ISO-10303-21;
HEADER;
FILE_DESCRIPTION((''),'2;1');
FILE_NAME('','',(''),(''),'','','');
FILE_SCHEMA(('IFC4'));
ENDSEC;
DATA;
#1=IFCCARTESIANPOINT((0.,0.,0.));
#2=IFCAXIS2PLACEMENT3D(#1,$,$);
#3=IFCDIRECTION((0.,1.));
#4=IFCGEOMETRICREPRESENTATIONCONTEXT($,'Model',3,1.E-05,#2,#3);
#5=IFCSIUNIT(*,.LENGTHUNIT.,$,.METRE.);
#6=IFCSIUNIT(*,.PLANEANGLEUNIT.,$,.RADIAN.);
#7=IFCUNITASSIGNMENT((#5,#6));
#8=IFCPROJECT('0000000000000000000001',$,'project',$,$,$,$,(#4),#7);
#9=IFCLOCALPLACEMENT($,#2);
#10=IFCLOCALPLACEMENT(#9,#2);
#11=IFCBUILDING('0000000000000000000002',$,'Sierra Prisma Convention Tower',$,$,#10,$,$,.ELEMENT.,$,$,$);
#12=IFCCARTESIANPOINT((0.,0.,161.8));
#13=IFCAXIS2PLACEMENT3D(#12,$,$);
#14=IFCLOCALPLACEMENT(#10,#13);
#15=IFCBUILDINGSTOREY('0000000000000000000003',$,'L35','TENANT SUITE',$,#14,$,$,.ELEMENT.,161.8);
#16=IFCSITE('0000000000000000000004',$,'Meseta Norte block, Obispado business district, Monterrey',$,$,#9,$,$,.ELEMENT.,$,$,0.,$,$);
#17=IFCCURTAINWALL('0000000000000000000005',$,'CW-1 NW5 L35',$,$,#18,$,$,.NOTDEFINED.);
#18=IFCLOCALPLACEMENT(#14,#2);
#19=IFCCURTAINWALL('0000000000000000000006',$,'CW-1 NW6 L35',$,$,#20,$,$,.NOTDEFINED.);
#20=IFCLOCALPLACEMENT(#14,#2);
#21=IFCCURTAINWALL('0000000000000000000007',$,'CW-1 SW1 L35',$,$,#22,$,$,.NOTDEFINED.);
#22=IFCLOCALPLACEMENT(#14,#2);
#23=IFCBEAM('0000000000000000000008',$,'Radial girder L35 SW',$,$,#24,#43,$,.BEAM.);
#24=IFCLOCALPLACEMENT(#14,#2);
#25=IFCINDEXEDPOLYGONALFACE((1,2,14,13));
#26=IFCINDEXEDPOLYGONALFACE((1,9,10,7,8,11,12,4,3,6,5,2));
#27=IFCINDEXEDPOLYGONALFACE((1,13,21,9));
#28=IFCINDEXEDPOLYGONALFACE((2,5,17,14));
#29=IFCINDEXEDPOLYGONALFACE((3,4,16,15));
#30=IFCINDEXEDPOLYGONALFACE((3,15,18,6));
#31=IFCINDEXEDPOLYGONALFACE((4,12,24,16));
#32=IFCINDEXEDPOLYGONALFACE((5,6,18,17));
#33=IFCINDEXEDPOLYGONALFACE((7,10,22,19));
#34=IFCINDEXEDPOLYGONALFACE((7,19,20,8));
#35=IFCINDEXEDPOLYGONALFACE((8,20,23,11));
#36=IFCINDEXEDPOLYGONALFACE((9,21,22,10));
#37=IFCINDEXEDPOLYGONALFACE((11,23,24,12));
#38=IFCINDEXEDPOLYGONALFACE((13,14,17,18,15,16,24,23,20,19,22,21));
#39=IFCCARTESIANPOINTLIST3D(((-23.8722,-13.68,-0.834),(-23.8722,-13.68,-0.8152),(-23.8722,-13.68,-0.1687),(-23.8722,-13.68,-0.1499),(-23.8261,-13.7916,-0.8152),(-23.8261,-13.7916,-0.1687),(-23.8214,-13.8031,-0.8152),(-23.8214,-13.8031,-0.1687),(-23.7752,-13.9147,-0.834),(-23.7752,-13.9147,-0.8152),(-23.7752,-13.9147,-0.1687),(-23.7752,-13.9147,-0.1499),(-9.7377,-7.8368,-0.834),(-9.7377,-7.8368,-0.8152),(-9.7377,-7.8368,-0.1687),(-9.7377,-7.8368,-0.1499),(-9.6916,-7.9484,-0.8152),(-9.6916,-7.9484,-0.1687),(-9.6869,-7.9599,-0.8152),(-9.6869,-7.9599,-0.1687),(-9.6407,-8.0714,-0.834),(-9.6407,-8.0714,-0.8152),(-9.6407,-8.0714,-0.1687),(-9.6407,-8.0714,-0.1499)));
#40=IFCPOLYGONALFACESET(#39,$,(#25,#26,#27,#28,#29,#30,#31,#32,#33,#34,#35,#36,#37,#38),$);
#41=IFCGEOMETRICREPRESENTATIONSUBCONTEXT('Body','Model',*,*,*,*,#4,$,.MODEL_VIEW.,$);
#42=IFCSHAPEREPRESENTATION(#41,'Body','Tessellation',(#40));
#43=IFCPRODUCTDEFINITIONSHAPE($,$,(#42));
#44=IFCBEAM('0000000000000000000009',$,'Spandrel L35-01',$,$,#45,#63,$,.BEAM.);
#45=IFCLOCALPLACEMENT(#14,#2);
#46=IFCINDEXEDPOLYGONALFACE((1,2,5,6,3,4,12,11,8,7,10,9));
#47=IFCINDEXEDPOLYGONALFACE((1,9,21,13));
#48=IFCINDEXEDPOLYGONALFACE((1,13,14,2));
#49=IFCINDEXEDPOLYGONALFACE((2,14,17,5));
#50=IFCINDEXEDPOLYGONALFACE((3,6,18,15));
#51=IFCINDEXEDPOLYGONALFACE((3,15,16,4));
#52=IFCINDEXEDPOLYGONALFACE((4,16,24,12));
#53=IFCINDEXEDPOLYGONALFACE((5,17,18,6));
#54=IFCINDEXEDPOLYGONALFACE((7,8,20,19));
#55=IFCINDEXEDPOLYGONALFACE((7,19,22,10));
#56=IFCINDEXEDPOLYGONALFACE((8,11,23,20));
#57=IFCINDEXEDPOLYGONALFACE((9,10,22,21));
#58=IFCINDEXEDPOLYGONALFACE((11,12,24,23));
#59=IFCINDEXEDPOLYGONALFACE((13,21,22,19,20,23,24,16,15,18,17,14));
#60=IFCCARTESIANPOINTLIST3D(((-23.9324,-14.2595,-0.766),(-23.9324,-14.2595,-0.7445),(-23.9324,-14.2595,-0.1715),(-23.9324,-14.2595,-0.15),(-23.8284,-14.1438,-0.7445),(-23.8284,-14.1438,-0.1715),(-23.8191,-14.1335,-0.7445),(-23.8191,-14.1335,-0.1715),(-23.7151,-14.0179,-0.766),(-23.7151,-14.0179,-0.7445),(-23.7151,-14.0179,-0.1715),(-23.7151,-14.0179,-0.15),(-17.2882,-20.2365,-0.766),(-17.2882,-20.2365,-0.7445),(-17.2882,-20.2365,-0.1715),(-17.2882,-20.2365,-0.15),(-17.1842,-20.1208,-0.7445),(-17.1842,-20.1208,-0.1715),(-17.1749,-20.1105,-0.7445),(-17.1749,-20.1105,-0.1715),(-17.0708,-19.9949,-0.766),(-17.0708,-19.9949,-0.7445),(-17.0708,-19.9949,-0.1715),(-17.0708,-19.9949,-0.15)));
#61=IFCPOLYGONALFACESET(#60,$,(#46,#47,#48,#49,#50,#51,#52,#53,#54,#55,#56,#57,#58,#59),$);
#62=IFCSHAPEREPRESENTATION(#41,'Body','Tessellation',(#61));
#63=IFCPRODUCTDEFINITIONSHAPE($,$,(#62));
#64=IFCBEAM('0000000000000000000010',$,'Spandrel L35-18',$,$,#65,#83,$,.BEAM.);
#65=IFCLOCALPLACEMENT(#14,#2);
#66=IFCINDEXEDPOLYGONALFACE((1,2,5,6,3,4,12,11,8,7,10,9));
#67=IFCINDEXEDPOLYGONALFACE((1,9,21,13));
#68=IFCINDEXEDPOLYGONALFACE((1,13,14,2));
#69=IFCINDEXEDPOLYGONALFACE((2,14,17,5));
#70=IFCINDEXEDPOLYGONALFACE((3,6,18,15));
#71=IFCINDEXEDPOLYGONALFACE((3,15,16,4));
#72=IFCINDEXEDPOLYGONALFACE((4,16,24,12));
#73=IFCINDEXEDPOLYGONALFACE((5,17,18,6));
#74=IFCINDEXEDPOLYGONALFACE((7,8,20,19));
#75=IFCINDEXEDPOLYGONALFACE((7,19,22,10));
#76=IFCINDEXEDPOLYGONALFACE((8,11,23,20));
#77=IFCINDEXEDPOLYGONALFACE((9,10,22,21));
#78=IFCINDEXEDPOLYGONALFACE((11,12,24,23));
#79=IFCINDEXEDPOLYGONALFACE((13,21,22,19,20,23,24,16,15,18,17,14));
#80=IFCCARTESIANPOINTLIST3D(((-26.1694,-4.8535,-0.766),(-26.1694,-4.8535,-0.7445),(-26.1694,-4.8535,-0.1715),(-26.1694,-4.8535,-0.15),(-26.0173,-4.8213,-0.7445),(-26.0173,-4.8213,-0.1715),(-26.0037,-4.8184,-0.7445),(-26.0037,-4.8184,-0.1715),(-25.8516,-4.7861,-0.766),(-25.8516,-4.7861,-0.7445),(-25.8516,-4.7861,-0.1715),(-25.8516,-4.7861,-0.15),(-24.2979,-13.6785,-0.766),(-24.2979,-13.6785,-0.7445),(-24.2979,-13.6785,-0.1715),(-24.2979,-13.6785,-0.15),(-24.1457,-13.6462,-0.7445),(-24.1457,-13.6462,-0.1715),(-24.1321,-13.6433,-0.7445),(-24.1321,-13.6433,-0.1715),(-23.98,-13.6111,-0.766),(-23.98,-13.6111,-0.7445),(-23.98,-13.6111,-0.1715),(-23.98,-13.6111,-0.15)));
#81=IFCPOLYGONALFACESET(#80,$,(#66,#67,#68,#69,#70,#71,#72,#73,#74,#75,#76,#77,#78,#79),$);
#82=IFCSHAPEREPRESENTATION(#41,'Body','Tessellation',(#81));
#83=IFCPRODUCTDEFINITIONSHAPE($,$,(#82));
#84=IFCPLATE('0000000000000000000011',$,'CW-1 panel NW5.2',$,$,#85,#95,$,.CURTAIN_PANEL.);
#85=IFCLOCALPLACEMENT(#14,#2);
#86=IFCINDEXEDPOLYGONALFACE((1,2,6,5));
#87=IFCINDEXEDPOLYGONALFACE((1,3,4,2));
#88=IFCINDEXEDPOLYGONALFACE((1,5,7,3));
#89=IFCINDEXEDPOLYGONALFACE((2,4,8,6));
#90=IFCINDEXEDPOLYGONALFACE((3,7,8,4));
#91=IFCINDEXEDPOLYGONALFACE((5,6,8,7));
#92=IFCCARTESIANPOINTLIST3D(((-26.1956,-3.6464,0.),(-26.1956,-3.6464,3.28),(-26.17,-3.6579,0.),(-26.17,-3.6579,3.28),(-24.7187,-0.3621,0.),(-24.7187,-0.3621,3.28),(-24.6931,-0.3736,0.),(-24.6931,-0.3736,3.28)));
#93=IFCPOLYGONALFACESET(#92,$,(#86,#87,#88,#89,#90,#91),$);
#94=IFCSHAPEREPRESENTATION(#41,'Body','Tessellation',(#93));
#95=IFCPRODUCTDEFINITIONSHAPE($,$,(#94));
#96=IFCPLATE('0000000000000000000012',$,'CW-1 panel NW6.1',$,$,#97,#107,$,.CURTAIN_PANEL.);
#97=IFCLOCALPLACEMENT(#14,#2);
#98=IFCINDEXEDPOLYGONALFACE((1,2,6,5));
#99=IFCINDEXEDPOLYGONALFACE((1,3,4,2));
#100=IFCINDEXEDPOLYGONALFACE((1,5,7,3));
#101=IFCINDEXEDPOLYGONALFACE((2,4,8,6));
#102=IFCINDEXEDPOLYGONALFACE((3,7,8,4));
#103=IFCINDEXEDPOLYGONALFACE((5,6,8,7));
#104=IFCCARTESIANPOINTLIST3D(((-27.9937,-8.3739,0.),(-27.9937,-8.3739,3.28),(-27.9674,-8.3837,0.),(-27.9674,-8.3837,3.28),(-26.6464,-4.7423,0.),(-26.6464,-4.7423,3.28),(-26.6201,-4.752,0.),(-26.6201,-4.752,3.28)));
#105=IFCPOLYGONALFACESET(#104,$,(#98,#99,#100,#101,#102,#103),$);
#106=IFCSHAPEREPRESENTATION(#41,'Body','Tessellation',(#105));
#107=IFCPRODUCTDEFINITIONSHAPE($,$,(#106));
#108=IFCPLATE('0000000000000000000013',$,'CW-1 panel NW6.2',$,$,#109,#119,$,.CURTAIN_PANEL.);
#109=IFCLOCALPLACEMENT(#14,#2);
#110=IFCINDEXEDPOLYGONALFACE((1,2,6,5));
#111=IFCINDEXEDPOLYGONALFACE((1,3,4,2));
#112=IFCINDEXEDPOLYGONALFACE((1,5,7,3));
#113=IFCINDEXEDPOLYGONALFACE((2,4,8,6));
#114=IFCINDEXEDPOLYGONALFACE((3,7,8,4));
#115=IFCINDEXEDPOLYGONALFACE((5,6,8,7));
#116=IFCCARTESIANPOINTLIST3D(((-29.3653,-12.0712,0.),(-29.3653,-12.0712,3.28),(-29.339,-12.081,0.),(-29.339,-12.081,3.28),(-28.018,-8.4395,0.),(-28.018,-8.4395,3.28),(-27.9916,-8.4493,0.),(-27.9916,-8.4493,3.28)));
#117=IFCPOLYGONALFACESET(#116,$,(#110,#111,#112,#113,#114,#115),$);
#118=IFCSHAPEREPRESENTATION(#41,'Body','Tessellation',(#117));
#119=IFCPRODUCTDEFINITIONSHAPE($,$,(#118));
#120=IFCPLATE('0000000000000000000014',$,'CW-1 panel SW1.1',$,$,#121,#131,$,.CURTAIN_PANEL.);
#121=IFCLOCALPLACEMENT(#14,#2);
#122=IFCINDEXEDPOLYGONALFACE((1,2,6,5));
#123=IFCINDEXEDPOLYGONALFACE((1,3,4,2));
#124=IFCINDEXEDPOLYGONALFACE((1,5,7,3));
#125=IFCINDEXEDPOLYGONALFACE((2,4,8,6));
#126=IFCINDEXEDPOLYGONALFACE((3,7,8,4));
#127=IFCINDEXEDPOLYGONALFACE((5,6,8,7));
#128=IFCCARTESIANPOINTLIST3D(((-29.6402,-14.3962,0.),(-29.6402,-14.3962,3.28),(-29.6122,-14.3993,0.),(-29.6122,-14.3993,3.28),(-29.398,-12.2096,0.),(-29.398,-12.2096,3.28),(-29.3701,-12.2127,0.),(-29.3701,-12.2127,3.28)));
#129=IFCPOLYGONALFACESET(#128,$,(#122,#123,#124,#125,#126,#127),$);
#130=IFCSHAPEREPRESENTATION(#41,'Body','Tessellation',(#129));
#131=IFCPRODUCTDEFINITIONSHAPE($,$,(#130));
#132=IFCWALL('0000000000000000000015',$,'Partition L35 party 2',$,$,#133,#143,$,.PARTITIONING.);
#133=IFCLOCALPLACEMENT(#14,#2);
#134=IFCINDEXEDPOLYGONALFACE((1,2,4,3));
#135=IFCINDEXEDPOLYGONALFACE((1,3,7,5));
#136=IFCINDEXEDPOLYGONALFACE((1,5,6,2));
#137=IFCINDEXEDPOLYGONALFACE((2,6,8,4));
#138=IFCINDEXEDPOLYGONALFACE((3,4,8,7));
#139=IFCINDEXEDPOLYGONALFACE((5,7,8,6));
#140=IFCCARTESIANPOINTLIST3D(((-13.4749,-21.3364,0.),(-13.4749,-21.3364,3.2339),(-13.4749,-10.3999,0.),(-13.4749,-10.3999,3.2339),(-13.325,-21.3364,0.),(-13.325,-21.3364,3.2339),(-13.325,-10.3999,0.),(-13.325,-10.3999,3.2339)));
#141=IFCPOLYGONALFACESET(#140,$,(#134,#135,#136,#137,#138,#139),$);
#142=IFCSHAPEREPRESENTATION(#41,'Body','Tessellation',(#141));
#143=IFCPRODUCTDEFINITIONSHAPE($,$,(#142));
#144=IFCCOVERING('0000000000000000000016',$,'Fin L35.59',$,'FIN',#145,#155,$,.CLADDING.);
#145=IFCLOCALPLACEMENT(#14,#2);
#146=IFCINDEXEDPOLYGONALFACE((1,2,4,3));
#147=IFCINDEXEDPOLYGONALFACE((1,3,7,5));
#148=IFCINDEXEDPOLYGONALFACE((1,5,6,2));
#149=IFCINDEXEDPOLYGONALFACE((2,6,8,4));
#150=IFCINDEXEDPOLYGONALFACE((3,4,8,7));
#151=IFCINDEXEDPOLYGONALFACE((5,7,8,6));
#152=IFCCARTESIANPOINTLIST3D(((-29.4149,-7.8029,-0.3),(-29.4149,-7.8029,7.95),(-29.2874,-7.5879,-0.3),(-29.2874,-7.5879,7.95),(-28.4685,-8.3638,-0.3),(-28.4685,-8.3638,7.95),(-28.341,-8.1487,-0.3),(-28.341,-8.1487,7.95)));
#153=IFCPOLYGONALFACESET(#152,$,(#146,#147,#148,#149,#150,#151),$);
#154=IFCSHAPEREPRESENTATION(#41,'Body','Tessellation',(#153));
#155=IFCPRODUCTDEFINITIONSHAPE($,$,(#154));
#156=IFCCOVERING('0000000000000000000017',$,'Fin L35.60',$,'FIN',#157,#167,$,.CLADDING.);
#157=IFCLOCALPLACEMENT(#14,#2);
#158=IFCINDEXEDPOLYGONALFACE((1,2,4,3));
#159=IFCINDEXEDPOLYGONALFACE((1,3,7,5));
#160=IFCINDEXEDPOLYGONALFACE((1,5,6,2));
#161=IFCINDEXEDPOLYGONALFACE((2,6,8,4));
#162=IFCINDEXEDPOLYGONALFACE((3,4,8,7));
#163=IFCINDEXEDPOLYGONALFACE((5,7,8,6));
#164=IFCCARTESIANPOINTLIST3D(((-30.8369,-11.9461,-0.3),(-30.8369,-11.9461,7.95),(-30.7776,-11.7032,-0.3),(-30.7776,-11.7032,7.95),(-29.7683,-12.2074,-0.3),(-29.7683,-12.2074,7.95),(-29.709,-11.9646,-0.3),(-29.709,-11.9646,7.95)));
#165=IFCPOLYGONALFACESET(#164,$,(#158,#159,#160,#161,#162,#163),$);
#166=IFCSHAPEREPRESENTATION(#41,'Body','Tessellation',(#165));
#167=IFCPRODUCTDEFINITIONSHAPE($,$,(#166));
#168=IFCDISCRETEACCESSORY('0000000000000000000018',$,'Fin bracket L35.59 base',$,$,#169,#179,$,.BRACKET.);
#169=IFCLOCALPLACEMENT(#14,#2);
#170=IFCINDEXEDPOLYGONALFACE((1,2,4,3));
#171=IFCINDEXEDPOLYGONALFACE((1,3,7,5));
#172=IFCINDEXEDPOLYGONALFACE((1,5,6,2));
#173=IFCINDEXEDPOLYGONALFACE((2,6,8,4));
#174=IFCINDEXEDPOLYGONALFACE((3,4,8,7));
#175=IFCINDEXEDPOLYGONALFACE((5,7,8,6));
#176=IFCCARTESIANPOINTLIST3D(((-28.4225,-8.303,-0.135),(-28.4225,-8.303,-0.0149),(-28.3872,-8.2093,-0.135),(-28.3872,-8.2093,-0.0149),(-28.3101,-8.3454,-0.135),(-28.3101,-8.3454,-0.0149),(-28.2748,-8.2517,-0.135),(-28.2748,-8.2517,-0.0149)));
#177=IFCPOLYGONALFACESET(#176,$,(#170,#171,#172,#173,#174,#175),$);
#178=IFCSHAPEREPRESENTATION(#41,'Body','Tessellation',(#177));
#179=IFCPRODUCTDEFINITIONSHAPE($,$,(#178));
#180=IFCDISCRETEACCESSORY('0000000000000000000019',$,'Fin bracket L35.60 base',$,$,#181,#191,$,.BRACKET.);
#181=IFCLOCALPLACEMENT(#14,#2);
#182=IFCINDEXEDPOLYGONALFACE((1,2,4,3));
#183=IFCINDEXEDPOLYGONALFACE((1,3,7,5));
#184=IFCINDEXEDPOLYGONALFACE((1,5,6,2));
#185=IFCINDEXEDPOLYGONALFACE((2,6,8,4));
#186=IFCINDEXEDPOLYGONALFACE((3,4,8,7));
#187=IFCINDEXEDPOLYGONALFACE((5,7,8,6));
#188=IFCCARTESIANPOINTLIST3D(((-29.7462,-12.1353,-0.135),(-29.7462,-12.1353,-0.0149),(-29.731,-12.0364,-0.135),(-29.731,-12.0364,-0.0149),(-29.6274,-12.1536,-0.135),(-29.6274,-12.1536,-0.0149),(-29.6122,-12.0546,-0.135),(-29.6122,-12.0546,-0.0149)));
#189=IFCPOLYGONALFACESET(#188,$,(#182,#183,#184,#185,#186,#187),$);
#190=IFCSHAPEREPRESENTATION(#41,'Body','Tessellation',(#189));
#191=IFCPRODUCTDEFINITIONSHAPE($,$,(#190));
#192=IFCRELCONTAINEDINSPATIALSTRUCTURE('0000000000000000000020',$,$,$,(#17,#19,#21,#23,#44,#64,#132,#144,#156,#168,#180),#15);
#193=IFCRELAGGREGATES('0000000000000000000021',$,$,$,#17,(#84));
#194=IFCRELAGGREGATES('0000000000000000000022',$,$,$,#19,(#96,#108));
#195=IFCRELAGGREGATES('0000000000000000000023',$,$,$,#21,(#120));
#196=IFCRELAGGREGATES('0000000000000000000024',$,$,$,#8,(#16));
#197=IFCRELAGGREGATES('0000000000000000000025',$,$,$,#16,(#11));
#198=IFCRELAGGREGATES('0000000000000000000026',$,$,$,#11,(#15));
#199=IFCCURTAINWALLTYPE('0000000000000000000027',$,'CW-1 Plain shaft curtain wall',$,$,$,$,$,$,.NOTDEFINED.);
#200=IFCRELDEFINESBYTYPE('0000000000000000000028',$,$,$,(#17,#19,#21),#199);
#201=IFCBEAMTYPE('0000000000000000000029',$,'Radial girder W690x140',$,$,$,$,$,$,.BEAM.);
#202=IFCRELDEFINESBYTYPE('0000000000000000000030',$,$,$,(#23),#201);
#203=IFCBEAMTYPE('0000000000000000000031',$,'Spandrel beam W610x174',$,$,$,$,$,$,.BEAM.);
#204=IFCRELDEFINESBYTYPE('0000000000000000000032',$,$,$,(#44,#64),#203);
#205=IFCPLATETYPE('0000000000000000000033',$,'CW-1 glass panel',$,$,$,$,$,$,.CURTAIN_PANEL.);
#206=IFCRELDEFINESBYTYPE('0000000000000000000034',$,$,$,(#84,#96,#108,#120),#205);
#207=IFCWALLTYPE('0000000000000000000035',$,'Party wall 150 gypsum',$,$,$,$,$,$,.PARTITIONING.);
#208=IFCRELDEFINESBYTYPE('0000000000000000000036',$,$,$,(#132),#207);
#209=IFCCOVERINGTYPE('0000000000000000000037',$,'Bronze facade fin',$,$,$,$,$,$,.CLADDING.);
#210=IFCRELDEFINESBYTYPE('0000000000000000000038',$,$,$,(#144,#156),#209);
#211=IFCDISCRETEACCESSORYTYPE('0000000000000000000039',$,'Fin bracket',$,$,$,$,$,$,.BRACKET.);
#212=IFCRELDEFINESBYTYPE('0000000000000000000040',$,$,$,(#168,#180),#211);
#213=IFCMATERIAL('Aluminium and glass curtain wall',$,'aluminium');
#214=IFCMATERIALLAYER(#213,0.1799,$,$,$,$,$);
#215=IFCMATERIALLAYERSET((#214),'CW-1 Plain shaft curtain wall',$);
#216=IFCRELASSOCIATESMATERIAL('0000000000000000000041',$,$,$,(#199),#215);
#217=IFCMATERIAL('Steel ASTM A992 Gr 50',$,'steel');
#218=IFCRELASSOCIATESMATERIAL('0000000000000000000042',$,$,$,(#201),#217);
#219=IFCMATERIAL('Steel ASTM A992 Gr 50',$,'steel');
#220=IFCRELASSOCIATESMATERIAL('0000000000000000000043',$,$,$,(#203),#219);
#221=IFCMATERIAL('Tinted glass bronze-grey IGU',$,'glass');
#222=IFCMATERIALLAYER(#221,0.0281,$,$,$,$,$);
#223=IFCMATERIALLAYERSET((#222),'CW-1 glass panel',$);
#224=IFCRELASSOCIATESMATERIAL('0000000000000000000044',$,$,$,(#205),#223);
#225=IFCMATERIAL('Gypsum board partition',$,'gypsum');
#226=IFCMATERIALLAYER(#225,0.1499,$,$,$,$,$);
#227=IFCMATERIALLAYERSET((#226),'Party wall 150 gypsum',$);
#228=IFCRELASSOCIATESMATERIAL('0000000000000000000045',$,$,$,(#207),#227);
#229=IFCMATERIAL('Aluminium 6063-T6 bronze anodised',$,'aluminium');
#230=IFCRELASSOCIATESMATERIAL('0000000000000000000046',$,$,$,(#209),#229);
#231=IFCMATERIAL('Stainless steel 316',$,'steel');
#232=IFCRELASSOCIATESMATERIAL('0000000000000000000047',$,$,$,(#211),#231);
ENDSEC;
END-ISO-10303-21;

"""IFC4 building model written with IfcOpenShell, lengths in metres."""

from ifc_helpers import new_model, si_unit, direction, frame, frame_2d, origin, origin_2d, place, context, subcontext, project, spatial, rectangle, i_section, extrude, material, layer, layer_set, material_profile, profile_set, type_object, element, aggregate, save


model = new_model("IFC4")

# Units and contexts
model_context = context("Model", 3, precision=1e-05, world=origin(), true_north=direction((0.0, 1.0)))
body_context = subcontext(model_context, "Body", "Model", "MODEL_VIEW")
ifc_project = project(units=[si_unit("LENGTHUNIT", "METRE"), si_unit("PLANEANGLEUNIT", "RADIAN")], contexts=[model_context])

# Site, building, storey
site_placement = place(None, origin())
site = spatial("IfcSite", under=ifc_project, at=site_placement, Name="Meseta Norte block, Obispado business district, Monterrey", CompositionType="ELEMENT", RefElevation=0.0)
building_placement = place(site_placement, origin())
building = spatial("IfcBuilding", under=site, at=building_placement, Name="Sierra Prisma Convention Tower", CompositionType="ELEMENT")
storey_placement = place(building_placement, frame((0.0, 0.0, 161.8)))
storey = spatial("IfcBuildingStorey", under=building, at=storey_placement, Name="L35", Description="TENANT SUITE", CompositionType="ELEMENT", Elevation=161.8)

# Curtain walls
ifc_material_1 = material(Name="Aluminium and glass curtain wall", Category="aluminium")
ifc_layer_1 = layer(ifc_material_1, 0.1799)
ifc_layer_set_1 = layer_set([ifc_layer_1], Name="CW-1 Plain shaft curtain wall")
curtain_wall_type = type_object("IfcCurtainWallType", Name="CW-1 Plain shaft curtain wall", PredefinedType="NOTDEFINED", material=ifc_layer_set_1)
curtain_wall_1_placement = place(storey_placement, origin())
curtain_wall_1 = element("IfcCurtainWall", 1, at=curtain_wall_1_placement, inside=storey, type_object=curtain_wall_type, Name="CW-1 NW5 L35", PredefinedType="NOTDEFINED")
curtain_wall_2_placement = place(storey_placement, origin())
curtain_wall_2 = element("IfcCurtainWall", 2, at=curtain_wall_2_placement, inside=storey, type_object=curtain_wall_type, Name="CW-1 NW6 L35", PredefinedType="NOTDEFINED")
curtain_wall_3_placement = place(storey_placement, origin())
curtain_wall_3 = element("IfcCurtainWall", 3, at=curtain_wall_3_placement, inside=storey, type_object=curtain_wall_type, Name="CW-1 SW1 L35", PredefinedType="NOTDEFINED")

# Beams
ifc_material_2 = material(Name="Steel ASTM A992 Gr 50", Category="steel")
ifc_material_profile_1 = material_profile(ifc_material_2, i_section(OverallWidth=0.2539, OverallDepth=0.6841, WebThickness=0.0125, FlangeThickness=0.0188, at=origin_2d()), Name="W690x140")
ifc_profile_set_1 = profile_set([ifc_material_profile_1], Name="Steel ASTM A992 Gr 50")
beam_type_1 = type_object("IfcBeamType", Name="Radial girder W690x140", PredefinedType="BEAM", material=ifc_profile_set_1)
beam_1_placement = place(storey_placement, frame((-23.8237, -13.7974, -0.4919), z_axis=(0.924144, 0.382044, 0.0), x_axis=(-0.382044, 0.924144, 0.0)))
element("IfcBeam", 4, at=beam_1_placement, inside=storey, type_object=beam_type_1, Name="Radial girder L35 SW", PredefinedType="BEAM", context=body_context, shape_type="SweptSolid", body=[
    extrude(i_section(OverallWidth=0.2539, OverallDepth=0.6841, WebThickness=0.0125, FlangeThickness=0.0188, at=origin_2d()), origin(), (0.0, 0.0, 1.0), 15.2947),
])
ifc_material_3 = material(Name="Steel ASTM A992 Gr 50", Category="steel")
ifc_material_profile_2 = material_profile(ifc_material_3, i_section(OverallWidth=0.325, OverallDepth=0.616, WebThickness=0.0139, FlangeThickness=0.0215, at=origin_2d()), Name="W610x174")
ifc_profile_set_2 = profile_set([ifc_material_profile_2], Name="Steel ASTM A992 Gr 50")
beam_type_2 = type_object("IfcBeamType", Name="Spandrel beam W610x174", PredefinedType="BEAM", material=ifc_profile_set_2)
beam_2_placement = place(storey_placement, frame((-23.8237, -14.1387, -0.458), z_axis=(0.74345, -0.668791, 0.0), x_axis=(0.668791, 0.74345, 0.0)))
element("IfcBeam", 5, at=beam_2_placement, inside=storey, type_object=beam_type_2, Name="Spandrel L35-01", PredefinedType="BEAM", context=body_context, shape_type="SweptSolid", body=[
    extrude(i_section(OverallWidth=0.325, OverallDepth=0.616, WebThickness=0.0139, FlangeThickness=0.0215, at=origin_2d()), origin(), (0.0, 0.0, 1.0), 8.937),
])
beam_3_placement = place(storey_placement, frame((-26.0105, -4.8198, -0.458), z_axis=(0.207464, -0.978243, 0.0), x_axis=(0.978243, 0.207464, 0.0)))
element("IfcBeam", 6, at=beam_3_placement, inside=storey, type_object=beam_type_2, Name="Spandrel L35-18", PredefinedType="BEAM", context=body_context, shape_type="SweptSolid", body=[
    extrude(i_section(OverallWidth=0.325, OverallDepth=0.616, WebThickness=0.0139, FlangeThickness=0.0215, at=origin_2d()), origin(), (0.0, 0.0, 1.0), 9.0212),
])

# Plates
ifc_material_4 = material(Name="Tinted glass bronze-grey IGU", Category="glass")
ifc_layer_2 = layer(ifc_material_4, 0.0281)
ifc_layer_set_2 = layer_set([ifc_layer_2], Name="CW-1 glass panel")
plate_type = type_object("IfcPlateType", Name="CW-1 glass panel", PredefinedType="CURTAIN_PANEL", material=ifc_layer_set_2)
plate_1_placement = place(storey_placement, frame((-25.4443, -2.01, 0.0), z_axis=(0.0, 0.0, 1.0), x_axis=(-0.410127, -0.912028, 0.0)))
plate_1 = element("IfcPlate", 7, at=plate_1_placement, type_object=plate_type, Name="CW-1 panel NW5.2", PredefinedType="CURTAIN_PANEL", context=body_context, shape_type="SweptSolid", body=[
    extrude(rectangle(XDim=3.6011, YDim=0.0281, at=origin_2d()), origin(), (0.0, 0.0, 1.0), 3.28),
])
aggregate(curtain_wall_1, [plate_1])
plate_2_placement = place(storey_placement, frame((-27.3069, -6.563, 0.0), z_axis=(0.0, 0.0, 1.0), x_axis=(-0.347831, -0.937557, 0.0)))
plate_2 = element("IfcPlate", 8, at=plate_2_placement, type_object=plate_type, Name="CW-1 panel NW6.1", PredefinedType="CURTAIN_PANEL", context=body_context, shape_type="SweptSolid", body=[
    extrude(rectangle(XDim=3.8735, YDim=0.0281, at=origin_2d()), origin(), (0.0, 0.0, 1.0), 3.28),
])
plate_3_placement = place(storey_placement, frame((-28.6785, -10.2603, 0.0), z_axis=(0.0, 0.0, 1.0), x_axis=(-0.347831, -0.937557, 0.0)))
plate_3 = element("IfcPlate", 9, at=plate_3_placement, type_object=plate_type, Name="CW-1 panel NW6.2", PredefinedType="CURTAIN_PANEL", context=body_context, shape_type="SweptSolid", body=[
    extrude(rectangle(XDim=3.8735, YDim=0.0281, at=origin_2d()), origin(), (0.0, 0.0, 1.0), 3.28),
])
aggregate(curtain_wall_2, [plate_2, plate_3])
plate_4_placement = place(storey_placement, frame((-29.5051, -13.3044, 0.0), z_axis=(0.0, 0.0, 1.0), x_axis=(-0.110068, -0.993924, 0.0)))
plate_4 = element("IfcPlate", 10, at=plate_4_placement, type_object=plate_type, Name="CW-1 panel SW1.1", PredefinedType="CURTAIN_PANEL", context=body_context, shape_type="SweptSolid", body=[
    extrude(rectangle(XDim=2.2, YDim=0.0281, at=origin_2d()), origin(), (0.0, 0.0, 1.0), 3.28),
])
aggregate(curtain_wall_3, [plate_4])

# Wall
ifc_material_5 = material(Name="Gypsum board partition", Category="gypsum")
ifc_layer_3 = layer(ifc_material_5, 0.1499)
ifc_layer_set_3 = layer_set([ifc_layer_3], Name="Party wall 150 gypsum")
wall_type = type_object("IfcWallType", Name="Party wall 150 gypsum", PredefinedType="PARTITIONING", material=ifc_layer_set_3)
wall_placement = place(storey_placement, frame((-13.3999, -10.3999, 0.0), z_axis=(0.0, 0.0, 1.0), x_axis=(0.0, -1.0, 0.0)))
element("IfcWall", 11, at=wall_placement, inside=storey, type_object=wall_type, Name="Partition L35 party 2", PredefinedType="PARTITIONING", context=body_context, shape_type="SweptSolid", body=[
    extrude(rectangle(XDim=10.9365, YDim=0.1499, at=frame_2d((5.4683, 0.0))), origin(), (0.0, 0.0, 1.0), 3.2339),
])

# Coverings
ifc_material_6 = material(Name="Aluminium 6063-T6 bronze anodised", Category="aluminium")
ifc_material_profile_3 = material_profile(ifc_material_6, rectangle(XDim=1.1001, YDim=0.25, at=origin_2d()), Name="ALU FIN 1100x250")
ifc_profile_set_3 = profile_set([ifc_material_profile_3], Name="Aluminium 6063-T6 bronze anodised")
covering_type = type_object("IfcCoveringType", Name="Bronze facade fin", PredefinedType="CLADDING", material=ifc_profile_set_3)
for number, where, z_axis, x_axis, name in (
    (12, (-28.8779, -7.9758, -0.3), (0.0, 0.0, 1.0), (-0.860284, 0.509815, 0.0), "Fin L35.59"),
    (13, (-30.2729, -11.9553, -0.3), (0.0, 0.0, 1.0), (-0.971381, 0.237525, 0.0), "Fin L35.60"),
):
    element("IfcCovering", number, at=place(storey_placement, frame(where, z_axis=z_axis, x_axis=x_axis)), inside=storey, type_object=covering_type, Name=name, ObjectType="FIN", PredefinedType="CLADDING", context=body_context, shape_type="SweptSolid", body=[
        extrude(rectangle(XDim=1.1001, YDim=0.25, at=origin_2d()), origin(), (0.0, 0.0, 1.0), 8.25),
    ])

# Discrete accessories
ifc_material_7 = material(Name="Stainless steel 316", Category="steel")
discrete_accessory_type = type_object("IfcDiscreteAccessoryType", Name="Fin bracket", PredefinedType="BRACKET", material=ifc_material_7)
for number, where, z_axis, x_axis, name in (
    (14, (-28.3486, -8.2773, -0.135), (0.0, 0.0, 1.0), (-0.935743, 0.352683, 0.0), "Fin bracket L35.59 base"),
    (15, (-29.6792, -12.095, -0.135), (0.0, 0.0, 1.0), (-0.988387, 0.15196, 0.0), "Fin bracket L35.60 base"),
):
    element("IfcDiscreteAccessory", number, at=place(storey_placement, frame(where, z_axis=z_axis, x_axis=x_axis)), inside=storey, type_object=discrete_accessory_type, Name=name, PredefinedType="BRACKET", context=body_context, shape_type="SweptSolid", body=[
        extrude(rectangle(XDim=0.1201, YDim=0.1001, at=origin_2d()), origin(), (0.0, 0.0, 1.0), 0.1201),
    ])

save(model, "model.ifc")
